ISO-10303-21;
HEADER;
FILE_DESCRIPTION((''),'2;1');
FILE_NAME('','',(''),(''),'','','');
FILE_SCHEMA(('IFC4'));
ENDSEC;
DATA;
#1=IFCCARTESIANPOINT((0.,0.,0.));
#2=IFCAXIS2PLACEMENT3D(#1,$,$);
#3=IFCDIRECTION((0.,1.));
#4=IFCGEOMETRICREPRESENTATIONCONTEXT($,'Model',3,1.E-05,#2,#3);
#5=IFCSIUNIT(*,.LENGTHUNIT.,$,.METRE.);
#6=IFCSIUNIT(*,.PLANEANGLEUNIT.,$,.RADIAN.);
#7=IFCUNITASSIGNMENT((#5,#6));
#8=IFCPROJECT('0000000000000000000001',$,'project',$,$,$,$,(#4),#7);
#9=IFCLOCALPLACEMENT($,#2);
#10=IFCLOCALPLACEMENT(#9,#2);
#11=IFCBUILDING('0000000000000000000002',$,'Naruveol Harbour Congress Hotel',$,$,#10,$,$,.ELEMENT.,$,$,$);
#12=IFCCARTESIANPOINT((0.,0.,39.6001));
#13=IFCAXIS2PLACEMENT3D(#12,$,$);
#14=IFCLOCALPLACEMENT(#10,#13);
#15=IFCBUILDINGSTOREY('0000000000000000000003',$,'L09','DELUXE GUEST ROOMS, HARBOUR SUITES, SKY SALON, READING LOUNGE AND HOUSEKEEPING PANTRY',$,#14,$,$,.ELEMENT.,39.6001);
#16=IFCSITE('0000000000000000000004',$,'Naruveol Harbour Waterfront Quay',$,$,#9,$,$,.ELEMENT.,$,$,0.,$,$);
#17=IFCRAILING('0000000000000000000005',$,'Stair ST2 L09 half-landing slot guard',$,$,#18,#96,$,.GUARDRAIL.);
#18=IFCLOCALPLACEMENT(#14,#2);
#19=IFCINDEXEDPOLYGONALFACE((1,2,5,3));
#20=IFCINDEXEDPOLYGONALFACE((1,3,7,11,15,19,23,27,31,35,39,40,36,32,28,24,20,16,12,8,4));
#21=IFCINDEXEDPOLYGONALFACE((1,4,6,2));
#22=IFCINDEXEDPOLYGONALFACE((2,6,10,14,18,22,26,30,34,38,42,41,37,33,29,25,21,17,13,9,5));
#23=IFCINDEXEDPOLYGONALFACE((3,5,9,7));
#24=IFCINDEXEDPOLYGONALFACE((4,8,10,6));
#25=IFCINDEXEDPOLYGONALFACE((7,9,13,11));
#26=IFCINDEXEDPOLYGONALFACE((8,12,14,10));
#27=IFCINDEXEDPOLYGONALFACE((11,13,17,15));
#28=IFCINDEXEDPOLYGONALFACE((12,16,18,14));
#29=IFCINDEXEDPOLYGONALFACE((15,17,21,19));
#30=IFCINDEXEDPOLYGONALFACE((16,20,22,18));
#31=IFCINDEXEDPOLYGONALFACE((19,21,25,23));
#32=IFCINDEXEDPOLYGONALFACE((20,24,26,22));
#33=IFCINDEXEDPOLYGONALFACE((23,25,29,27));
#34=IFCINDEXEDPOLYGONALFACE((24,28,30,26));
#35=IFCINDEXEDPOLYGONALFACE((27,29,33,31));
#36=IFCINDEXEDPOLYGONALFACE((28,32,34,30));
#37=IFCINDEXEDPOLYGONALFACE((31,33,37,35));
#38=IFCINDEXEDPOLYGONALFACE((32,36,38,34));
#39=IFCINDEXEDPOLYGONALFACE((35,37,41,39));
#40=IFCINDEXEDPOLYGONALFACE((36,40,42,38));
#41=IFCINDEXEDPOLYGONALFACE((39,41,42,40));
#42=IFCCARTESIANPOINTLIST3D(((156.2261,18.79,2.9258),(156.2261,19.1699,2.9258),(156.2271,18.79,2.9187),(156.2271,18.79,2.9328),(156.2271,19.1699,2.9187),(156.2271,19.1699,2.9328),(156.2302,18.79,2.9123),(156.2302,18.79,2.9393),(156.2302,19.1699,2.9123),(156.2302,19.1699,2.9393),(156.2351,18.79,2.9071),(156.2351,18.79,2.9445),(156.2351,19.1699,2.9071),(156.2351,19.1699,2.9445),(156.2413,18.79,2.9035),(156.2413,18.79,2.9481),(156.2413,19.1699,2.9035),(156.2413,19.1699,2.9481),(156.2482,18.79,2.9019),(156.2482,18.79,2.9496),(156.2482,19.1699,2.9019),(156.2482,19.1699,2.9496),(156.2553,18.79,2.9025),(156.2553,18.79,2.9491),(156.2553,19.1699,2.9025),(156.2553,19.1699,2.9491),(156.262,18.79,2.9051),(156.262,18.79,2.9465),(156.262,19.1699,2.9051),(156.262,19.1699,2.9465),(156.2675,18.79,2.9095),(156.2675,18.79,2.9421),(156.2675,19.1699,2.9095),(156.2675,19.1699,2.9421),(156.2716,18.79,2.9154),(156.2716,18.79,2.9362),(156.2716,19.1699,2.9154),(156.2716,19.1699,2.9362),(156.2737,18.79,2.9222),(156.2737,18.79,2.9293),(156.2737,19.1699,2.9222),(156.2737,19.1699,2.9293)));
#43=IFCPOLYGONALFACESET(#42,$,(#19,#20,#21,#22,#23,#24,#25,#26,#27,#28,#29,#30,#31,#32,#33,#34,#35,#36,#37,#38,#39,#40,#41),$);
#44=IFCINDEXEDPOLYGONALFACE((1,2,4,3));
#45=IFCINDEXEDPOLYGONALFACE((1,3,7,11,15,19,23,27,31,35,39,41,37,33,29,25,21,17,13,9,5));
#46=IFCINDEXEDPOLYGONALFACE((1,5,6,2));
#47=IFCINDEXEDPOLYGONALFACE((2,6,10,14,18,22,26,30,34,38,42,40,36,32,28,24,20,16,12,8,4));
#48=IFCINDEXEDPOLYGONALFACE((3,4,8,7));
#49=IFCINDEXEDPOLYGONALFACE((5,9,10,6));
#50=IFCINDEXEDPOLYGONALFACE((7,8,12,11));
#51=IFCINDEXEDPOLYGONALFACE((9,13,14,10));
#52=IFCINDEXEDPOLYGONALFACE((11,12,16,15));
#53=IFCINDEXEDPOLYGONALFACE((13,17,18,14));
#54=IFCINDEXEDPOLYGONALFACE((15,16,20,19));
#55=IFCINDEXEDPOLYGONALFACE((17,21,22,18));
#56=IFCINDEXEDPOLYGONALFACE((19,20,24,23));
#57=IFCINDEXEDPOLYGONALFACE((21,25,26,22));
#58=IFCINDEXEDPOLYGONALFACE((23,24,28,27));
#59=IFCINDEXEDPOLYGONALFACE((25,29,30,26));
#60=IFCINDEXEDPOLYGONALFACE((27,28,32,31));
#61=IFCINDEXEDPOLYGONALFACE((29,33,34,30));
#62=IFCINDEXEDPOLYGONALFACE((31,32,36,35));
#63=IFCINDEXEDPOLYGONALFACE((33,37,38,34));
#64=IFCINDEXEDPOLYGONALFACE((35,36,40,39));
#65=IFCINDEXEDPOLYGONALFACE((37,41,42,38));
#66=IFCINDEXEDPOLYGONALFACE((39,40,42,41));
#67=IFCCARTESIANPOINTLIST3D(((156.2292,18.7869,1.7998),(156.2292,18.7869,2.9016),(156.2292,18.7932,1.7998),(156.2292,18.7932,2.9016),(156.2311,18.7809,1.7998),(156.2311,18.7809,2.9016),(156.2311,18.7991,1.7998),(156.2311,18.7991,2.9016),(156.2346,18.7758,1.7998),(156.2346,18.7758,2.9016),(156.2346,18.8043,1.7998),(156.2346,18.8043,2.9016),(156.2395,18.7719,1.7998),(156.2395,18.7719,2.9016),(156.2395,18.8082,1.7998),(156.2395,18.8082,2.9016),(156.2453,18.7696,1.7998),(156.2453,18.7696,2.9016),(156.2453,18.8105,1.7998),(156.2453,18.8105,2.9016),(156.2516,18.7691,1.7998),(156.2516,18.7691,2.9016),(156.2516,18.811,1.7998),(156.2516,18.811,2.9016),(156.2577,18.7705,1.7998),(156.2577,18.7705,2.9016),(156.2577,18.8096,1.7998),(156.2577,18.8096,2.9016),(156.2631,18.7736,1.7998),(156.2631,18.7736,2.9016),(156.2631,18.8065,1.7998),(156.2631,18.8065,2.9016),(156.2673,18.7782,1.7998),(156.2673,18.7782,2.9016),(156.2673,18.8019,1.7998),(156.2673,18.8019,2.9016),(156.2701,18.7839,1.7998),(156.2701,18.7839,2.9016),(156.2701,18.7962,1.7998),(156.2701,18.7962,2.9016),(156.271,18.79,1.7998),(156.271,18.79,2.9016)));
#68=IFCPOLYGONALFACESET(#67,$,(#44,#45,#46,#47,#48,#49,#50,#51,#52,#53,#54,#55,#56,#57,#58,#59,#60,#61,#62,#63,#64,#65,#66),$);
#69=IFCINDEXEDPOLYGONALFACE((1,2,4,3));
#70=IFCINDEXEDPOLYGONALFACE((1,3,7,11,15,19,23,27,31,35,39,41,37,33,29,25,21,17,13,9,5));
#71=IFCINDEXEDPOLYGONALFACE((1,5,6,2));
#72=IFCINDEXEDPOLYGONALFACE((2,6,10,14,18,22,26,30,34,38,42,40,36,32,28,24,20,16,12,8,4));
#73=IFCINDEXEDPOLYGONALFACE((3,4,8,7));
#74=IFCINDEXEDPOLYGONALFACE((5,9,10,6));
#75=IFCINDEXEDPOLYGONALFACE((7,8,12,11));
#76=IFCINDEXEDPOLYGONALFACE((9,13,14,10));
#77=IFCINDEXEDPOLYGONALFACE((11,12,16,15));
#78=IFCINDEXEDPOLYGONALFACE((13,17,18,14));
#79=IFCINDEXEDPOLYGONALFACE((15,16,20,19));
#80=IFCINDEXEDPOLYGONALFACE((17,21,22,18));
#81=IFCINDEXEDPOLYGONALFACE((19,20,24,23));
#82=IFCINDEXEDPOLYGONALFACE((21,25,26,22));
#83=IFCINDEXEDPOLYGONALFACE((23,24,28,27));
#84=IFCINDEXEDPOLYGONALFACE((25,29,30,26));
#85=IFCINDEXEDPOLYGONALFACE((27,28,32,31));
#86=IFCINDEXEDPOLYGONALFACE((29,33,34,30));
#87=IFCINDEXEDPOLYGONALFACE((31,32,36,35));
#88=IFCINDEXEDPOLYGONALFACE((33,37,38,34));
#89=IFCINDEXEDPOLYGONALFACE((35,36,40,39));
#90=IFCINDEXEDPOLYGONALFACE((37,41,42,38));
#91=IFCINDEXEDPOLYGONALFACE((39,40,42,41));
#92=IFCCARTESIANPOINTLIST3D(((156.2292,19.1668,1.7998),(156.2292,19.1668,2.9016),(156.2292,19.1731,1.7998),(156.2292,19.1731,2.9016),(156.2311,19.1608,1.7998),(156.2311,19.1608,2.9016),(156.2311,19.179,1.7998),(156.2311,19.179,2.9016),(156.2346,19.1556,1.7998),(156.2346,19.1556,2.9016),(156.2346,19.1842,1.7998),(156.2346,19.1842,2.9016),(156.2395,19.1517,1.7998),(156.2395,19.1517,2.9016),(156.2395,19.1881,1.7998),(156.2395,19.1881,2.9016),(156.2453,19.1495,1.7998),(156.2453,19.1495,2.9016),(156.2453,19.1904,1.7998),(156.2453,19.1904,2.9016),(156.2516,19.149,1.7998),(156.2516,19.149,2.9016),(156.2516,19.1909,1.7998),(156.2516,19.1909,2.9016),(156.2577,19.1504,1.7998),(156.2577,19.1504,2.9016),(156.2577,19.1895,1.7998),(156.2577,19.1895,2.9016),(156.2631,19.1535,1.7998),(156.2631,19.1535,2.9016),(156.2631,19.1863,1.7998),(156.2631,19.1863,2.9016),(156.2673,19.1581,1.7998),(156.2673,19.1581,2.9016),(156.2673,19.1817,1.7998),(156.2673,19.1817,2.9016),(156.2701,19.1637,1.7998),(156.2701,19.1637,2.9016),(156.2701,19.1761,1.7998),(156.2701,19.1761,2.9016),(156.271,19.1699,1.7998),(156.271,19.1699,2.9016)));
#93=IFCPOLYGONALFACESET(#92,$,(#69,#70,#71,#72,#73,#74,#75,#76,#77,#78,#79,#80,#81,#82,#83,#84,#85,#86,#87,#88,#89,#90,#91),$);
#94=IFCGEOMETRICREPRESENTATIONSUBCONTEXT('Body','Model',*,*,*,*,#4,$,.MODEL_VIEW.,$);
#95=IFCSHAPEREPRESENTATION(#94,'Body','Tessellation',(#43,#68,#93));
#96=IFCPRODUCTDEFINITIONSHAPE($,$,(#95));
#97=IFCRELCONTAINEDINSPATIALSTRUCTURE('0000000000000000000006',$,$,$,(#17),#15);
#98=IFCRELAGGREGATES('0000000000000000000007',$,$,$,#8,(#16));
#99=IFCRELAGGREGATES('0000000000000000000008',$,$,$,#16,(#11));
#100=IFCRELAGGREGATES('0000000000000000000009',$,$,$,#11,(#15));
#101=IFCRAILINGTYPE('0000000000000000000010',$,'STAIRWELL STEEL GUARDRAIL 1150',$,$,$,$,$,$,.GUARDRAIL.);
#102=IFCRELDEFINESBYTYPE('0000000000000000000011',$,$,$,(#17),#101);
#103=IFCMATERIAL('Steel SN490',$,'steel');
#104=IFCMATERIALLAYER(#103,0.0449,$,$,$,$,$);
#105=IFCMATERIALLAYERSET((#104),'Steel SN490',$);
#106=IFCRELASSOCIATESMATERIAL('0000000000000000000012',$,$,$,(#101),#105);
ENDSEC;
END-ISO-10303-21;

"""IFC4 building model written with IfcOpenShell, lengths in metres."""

from ifc_helpers import new_model, si_unit, direction, frame, origin, origin_2d, place, context, subcontext, project, spatial, circle, extrude, material, layer, layer_set, type_object, element, save


model = new_model("IFC4")

# Units and contexts
model_context = context("Model", 3, precision=1e-05, world=origin(), true_north=direction((0.0, 1.0)))
body_context = subcontext(model_context, "Body", "Model", "MODEL_VIEW")
ifc_project = project(units=[si_unit("LENGTHUNIT", "METRE"), si_unit("PLANEANGLEUNIT", "RADIAN")], contexts=[model_context])

# Site, building, storey
site_placement = place(None, origin())
site = spatial("IfcSite", under=ifc_project, at=site_placement, Name="Naruveol Harbour Waterfront Quay", CompositionType="ELEMENT", RefElevation=0.0)
building_placement = place(site_placement, origin())
building = spatial("IfcBuilding", under=site, at=building_placement, Name="Naruveol Harbour Congress Hotel", CompositionType="ELEMENT")
storey_placement = place(building_placement, frame((0.0, 0.0, 39.6001)))
storey = spatial("IfcBuildingStorey", under=building, at=storey_placement, Name="L09", Description="DELUXE GUEST ROOMS, HARBOUR SUITES, SKY SALON, READING LOUNGE AND HOUSEKEEPING PANTRY", CompositionType="ELEMENT", Elevation=39.6001)

# Railing
ifc_material_1 = material(Name="Steel SN490", Category="steel")
ifc_layer_1 = layer(ifc_material_1, 0.0449)
ifc_layer_set_1 = layer_set([ifc_layer_1], Name="Steel SN490")
railing_type_1 = type_object("IfcRailingType", Name="STAIRWELL STEEL GUARDRAIL 1150", PredefinedType="GUARDRAIL", material=ifc_layer_set_1)
railing_1_placement = place(storey_placement, frame((156.25, 18.79, 1.7998)))
element("IfcRailing", 1, at=railing_1_placement, inside=storey, type_object=railing_type_1, Name="Stair ST2 L09 half-landing slot guard", PredefinedType="GUARDRAIL", context=body_context, shape_type="SweptSolid", body=[
    extrude(circle(Radius=0.0239, at=origin_2d()), frame((0.0, 0.0, 1.126), z_axis=(0.0, 1.0, 0.0), x_axis=(-1.0, 0.0, 0.0)), (0.0, 0.0, 1.0), 0.3799),
    extrude(circle(Radius=0.021, at=origin_2d()), origin(), (0.0, 0.0, 1.0), 1.1018),
    extrude(circle(Radius=0.021, at=origin_2d()), frame((0.0, 0.3799, 0.0)), (0.0, 0.0, 1.0), 1.1018),
])

save(model, "model.ifc")
